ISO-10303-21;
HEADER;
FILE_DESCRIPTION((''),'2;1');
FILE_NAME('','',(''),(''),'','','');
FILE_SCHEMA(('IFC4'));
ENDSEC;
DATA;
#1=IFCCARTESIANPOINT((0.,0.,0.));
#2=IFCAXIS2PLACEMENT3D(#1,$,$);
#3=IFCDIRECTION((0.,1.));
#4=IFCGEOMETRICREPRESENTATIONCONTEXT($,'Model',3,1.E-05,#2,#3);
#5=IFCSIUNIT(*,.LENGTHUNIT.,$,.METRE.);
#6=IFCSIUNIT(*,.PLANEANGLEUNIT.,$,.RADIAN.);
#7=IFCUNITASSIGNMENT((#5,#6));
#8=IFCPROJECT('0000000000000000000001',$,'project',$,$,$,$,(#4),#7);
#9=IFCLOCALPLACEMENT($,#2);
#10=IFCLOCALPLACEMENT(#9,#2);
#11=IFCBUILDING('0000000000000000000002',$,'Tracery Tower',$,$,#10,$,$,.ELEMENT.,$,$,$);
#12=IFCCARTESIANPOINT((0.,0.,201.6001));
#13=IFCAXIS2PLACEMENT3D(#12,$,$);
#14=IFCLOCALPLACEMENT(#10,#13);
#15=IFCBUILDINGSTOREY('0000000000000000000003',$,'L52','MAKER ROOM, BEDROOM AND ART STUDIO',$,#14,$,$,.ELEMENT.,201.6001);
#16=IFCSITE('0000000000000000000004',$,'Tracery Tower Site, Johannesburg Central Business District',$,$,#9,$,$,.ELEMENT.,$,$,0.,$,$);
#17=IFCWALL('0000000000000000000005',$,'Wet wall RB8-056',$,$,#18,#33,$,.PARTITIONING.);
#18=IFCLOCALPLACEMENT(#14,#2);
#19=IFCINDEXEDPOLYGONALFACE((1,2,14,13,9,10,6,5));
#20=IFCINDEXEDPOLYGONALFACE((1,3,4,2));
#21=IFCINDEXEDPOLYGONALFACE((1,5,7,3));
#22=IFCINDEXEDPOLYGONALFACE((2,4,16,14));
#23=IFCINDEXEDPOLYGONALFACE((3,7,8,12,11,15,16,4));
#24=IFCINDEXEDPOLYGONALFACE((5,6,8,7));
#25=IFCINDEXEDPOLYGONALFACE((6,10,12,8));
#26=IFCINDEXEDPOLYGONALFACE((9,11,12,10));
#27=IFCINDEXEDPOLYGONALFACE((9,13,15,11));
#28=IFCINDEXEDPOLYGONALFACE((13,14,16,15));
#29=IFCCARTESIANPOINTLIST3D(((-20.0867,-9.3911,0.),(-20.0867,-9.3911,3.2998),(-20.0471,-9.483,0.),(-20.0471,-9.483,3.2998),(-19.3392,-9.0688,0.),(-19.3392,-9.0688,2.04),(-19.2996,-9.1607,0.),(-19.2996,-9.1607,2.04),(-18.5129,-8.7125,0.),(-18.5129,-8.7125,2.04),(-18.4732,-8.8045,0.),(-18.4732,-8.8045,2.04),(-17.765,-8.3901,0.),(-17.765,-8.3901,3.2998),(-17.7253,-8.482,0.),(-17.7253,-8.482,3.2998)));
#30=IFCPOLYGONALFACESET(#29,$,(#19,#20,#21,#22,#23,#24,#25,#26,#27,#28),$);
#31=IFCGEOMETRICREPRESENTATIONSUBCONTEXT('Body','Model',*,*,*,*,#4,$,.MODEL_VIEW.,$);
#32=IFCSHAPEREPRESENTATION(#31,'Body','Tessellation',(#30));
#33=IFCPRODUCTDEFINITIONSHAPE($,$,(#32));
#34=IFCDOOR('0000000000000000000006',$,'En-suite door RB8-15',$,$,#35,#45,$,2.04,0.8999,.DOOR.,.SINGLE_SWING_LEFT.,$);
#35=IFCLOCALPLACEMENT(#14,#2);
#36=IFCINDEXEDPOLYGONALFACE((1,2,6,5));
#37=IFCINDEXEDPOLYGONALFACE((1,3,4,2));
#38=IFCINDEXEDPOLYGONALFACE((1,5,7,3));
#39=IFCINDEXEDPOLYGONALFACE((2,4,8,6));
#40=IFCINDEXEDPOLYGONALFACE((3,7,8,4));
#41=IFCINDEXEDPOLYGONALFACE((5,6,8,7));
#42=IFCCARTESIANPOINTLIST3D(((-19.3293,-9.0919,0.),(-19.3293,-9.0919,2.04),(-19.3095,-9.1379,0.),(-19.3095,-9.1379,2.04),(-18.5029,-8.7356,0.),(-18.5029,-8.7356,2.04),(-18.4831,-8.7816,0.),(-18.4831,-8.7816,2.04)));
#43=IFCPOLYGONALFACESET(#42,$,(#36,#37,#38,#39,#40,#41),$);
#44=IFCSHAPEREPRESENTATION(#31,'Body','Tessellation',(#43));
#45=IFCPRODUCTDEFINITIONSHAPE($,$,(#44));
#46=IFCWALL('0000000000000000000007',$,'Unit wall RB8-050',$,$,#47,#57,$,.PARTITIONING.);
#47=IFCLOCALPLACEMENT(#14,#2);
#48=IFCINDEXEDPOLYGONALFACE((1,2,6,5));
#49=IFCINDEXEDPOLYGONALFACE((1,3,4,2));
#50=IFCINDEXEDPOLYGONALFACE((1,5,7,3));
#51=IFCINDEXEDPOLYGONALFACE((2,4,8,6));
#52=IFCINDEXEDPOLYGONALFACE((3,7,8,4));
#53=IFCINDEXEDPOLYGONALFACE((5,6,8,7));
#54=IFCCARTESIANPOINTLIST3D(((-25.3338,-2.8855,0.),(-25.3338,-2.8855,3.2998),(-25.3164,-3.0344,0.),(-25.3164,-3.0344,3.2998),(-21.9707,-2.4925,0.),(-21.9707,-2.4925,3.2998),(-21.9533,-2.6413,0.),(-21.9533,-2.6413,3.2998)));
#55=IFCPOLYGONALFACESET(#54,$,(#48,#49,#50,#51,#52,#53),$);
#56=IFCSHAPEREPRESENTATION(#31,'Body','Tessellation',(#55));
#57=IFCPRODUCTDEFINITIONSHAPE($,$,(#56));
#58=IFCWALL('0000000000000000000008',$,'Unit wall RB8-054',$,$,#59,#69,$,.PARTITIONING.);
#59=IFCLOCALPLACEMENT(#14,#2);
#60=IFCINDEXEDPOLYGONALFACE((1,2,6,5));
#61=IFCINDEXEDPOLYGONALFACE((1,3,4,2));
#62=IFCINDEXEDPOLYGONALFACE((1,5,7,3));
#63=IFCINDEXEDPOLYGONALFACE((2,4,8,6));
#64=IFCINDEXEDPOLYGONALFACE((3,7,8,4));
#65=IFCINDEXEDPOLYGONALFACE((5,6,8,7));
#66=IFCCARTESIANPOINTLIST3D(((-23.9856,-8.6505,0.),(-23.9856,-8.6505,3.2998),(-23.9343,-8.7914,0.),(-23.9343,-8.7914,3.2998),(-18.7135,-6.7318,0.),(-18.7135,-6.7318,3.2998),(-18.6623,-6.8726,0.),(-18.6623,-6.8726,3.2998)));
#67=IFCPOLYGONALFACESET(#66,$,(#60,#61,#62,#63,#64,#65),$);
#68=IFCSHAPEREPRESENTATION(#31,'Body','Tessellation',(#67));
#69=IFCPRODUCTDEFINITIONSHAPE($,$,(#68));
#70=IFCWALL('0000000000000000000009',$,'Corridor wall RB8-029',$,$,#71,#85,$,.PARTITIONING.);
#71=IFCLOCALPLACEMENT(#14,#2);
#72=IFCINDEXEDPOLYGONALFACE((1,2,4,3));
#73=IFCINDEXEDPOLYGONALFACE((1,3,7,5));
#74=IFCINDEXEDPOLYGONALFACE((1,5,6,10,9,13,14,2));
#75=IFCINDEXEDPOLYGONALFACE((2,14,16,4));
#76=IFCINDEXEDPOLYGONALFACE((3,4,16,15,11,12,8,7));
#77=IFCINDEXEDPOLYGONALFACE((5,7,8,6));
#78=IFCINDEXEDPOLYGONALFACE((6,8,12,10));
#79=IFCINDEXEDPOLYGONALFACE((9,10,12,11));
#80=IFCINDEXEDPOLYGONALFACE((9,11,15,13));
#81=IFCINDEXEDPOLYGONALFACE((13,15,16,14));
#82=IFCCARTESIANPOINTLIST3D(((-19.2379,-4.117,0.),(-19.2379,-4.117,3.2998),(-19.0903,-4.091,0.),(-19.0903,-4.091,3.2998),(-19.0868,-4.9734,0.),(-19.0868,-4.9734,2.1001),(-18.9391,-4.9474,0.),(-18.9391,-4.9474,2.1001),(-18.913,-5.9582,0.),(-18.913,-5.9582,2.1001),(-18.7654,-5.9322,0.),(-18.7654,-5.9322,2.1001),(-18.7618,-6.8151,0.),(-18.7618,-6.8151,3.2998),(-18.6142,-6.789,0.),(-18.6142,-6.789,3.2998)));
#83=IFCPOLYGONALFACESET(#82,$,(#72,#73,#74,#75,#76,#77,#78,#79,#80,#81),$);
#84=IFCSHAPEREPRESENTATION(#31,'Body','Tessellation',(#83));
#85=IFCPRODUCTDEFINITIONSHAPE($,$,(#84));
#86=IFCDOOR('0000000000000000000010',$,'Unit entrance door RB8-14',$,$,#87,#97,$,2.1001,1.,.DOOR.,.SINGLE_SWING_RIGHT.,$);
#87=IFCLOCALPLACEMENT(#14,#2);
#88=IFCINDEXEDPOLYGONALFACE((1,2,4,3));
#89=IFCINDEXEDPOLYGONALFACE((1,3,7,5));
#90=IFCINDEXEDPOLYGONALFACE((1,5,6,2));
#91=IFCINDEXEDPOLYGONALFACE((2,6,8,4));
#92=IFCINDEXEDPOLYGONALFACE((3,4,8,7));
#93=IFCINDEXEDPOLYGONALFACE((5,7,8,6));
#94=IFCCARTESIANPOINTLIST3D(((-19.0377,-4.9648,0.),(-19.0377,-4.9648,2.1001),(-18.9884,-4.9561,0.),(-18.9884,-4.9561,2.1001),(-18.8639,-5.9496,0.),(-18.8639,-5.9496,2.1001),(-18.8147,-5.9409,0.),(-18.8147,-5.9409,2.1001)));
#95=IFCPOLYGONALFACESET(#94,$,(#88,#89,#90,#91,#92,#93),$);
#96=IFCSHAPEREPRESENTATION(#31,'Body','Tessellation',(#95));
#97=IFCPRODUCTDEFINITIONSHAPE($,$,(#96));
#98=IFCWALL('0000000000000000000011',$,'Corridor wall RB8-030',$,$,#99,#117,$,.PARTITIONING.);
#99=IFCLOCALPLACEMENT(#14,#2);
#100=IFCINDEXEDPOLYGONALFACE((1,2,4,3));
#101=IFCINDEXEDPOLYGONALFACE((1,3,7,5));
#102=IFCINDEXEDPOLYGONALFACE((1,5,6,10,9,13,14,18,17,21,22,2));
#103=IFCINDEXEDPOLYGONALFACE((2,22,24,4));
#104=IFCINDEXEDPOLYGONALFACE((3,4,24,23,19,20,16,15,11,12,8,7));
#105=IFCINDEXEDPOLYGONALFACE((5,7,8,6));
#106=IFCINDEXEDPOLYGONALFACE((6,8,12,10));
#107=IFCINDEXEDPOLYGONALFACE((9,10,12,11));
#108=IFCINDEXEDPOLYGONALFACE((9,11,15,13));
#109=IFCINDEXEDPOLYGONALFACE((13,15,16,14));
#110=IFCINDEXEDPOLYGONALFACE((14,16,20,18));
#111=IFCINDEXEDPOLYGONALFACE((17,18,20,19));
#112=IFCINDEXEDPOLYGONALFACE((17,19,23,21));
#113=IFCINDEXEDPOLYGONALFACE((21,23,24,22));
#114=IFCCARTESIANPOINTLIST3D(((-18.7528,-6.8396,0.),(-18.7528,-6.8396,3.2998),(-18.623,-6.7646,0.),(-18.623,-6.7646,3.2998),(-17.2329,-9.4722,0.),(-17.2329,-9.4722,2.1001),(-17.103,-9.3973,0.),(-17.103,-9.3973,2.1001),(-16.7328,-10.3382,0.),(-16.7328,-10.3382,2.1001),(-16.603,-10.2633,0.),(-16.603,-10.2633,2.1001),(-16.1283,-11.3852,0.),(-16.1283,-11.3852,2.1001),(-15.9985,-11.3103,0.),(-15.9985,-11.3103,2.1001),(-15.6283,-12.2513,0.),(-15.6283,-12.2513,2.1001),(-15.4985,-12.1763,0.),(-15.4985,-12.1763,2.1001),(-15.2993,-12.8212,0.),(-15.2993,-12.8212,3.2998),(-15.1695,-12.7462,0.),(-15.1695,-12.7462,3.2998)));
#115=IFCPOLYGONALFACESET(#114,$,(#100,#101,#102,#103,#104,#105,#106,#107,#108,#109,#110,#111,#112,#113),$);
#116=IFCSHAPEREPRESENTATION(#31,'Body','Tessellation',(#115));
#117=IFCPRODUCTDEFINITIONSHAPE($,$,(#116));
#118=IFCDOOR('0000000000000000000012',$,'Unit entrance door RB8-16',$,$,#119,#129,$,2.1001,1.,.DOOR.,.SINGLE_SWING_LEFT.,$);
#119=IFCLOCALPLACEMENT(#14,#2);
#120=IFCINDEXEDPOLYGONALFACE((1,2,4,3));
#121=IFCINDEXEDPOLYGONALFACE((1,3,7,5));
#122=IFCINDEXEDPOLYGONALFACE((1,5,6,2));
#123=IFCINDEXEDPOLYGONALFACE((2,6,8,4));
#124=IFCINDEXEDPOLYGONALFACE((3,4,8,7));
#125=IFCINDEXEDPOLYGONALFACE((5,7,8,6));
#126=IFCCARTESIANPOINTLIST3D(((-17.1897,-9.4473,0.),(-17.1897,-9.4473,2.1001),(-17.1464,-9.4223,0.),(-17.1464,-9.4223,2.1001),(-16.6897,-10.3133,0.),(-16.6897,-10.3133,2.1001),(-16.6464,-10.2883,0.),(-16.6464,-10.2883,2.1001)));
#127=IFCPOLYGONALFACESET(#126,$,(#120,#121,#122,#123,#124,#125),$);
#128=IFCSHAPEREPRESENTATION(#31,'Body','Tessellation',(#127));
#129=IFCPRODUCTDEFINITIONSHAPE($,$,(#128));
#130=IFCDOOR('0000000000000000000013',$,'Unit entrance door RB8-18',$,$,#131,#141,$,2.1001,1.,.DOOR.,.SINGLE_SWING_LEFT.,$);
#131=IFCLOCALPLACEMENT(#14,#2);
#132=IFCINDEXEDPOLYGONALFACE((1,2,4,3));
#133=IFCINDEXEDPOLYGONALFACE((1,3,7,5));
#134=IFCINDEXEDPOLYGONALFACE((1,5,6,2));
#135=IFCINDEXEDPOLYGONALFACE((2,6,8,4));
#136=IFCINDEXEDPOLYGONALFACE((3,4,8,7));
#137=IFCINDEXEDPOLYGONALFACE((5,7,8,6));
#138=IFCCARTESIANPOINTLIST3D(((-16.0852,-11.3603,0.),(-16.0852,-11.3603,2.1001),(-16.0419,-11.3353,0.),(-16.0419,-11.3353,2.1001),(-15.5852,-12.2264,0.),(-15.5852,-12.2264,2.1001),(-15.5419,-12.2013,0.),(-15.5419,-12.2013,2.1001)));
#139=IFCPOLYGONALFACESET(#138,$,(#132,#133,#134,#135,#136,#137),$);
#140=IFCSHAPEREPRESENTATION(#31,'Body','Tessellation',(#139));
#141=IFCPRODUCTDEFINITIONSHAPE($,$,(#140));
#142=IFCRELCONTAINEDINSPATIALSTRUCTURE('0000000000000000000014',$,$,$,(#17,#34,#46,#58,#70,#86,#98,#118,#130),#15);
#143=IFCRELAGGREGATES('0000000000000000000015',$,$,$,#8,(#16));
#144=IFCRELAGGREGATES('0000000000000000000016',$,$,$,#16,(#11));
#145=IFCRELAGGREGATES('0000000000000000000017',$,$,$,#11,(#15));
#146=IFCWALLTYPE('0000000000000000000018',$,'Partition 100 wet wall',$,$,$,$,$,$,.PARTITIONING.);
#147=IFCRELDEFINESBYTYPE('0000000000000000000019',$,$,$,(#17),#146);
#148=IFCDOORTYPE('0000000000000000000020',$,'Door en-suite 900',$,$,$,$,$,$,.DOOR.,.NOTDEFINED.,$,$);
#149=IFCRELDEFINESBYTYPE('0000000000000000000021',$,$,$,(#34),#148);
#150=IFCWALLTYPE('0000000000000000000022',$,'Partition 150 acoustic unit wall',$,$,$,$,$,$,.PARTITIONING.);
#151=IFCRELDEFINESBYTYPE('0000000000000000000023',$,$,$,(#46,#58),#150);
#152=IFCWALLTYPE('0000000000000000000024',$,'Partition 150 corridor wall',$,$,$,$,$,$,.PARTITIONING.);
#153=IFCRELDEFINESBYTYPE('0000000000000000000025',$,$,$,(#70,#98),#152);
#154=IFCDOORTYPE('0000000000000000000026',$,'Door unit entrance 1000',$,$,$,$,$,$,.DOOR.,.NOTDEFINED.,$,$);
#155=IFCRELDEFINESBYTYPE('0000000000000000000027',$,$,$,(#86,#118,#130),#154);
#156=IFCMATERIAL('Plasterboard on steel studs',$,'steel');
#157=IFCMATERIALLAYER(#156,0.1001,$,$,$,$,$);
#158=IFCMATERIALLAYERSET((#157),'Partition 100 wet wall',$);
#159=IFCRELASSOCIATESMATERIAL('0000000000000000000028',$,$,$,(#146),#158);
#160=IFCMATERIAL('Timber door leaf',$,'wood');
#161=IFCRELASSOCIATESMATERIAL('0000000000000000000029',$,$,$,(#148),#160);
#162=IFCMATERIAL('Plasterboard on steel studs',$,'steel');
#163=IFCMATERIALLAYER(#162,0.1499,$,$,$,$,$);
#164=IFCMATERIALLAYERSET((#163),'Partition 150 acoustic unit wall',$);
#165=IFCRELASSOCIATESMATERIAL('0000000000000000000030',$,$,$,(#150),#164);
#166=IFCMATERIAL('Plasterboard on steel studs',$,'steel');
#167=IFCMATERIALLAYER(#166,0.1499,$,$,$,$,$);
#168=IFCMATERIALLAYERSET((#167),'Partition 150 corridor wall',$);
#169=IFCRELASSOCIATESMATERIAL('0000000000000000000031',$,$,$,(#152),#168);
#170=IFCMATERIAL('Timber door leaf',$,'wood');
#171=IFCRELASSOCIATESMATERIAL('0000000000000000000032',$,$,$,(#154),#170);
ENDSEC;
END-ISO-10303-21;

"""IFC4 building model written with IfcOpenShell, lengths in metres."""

from ifc_helpers import new_model, si_unit, direction, frame, frame_2d, origin, place, context, subcontext, project, spatial, rectangle, extrude, material, layer, layer_set, type_object, element, fill, save


model = new_model("IFC4")

# Units and contexts
model_context = context("Model", 3, precision=1e-05, world=origin(), true_north=direction((0.0, 1.0)))
body_context = subcontext(model_context, "Body", "Model", "MODEL_VIEW")
ifc_project = project(units=[si_unit("LENGTHUNIT", "METRE"), si_unit("PLANEANGLEUNIT", "RADIAN")], contexts=[model_context])

# Site, building, storey
site_placement = place(None, origin())
site = spatial("IfcSite", under=ifc_project, at=site_placement, Name="Tracery Tower Site, Johannesburg Central Business District", CompositionType="ELEMENT", RefElevation=0.0)
building_placement = place(site_placement, origin())
building = spatial("IfcBuilding", under=site, at=building_placement, Name="Tracery Tower", CompositionType="ELEMENT")
storey_placement = place(building_placement, frame((0.0, 0.0, 201.6001)))
storey = spatial("IfcBuildingStorey", under=building, at=storey_placement, Name="L52", Description="MAKER ROOM, BEDROOM AND ART STUDIO", CompositionType="ELEMENT", Elevation=201.6001)

# Shared definitions
ifc_material_1 = material(Name="Plasterboard on steel studs", Category="steel")
ifc_layer_1 = layer(ifc_material_1, 0.1001)
ifc_layer_set_1 = layer_set([ifc_layer_1], Name="Partition 100 wet wall")
wall_type_1 = type_object("IfcWallType", Name="Partition 100 wet wall", PredefinedType="PARTITIONING", material=ifc_layer_set_1)
ifc_material_2 = material(Name="Timber door leaf", Category="wood")
door_type_1 = type_object("IfcDoorType", Name="Door en-suite 900", OperationType="NOTDEFINED", PredefinedType="DOOR", material=ifc_material_2)

# Wall, opening, door
wall_1_placement = place(storey_placement, frame((-20.0669, -9.437, 0.0), z_axis=(0.0, 0.0, 1.0), x_axis=(0.918294, 0.3959, 0.0)))
wall_1 = element("IfcWall", 1, at=wall_1_placement, inside=storey, type_object=wall_type_1, Name="Wet wall RB8-056", PredefinedType="PARTITIONING", context=body_context, shape_type="SweptSolid", body=[
    extrude(rectangle(XDim=2.5283, YDim=0.1001, at=frame_2d((1.2642, 0.0))), origin(), (0.0, 0.0, 1.0), 3.2998),
])
opening_1_placement = place(wall_1_placement, frame((0.814, 0.0, 0.0)))
opening_1 = element("IfcOpeningElement", 2, at=opening_1_placement, cuts=wall_1, PredefinedType="OPENING", context=body_context, shape_type="SweptSolid", body=[
    extrude(rectangle(XDim=0.8999, YDim=2.04, at=frame_2d((0.45, 1.02))), frame((0.0, 0.05, 0.0), z_axis=(0.0, -1.0, 0.0), x_axis=(1.0, 0.0, 0.0)), (0.0, 0.0, 1.0), 0.1001),
])
door_1_placement = place(opening_1_placement, origin())
door_1 = element("IfcDoor", 3, at=door_1_placement, inside=storey, type_object=door_type_1, Name="En-suite door RB8-15", OperationType="SINGLE_SWING_LEFT", OverallHeight=2.04, OverallWidth=0.8999, PredefinedType="DOOR", context=body_context, shape_type="SweptSolid", body=[
    extrude(rectangle(XDim=0.8999, YDim=2.04, at=frame_2d((0.45, 1.02))), frame((0.0, 0.0249, 0.0), z_axis=(0.0, -1.0, 0.0), x_axis=(1.0, 0.0, 0.0)), (0.0, 0.0, 1.0), 0.05),
])
fill(opening_1, door_1)

# Walls
ifc_material_3 = material(Name="Plasterboard on steel studs", Category="steel")
ifc_layer_2 = layer(ifc_material_3, 0.1499)
ifc_layer_set_2 = layer_set([ifc_layer_2], Name="Partition 150 acoustic unit wall")
wall_type_2 = type_object("IfcWallType", Name="Partition 150 acoustic unit wall", PredefinedType="PARTITIONING", material=ifc_layer_set_2)
wall_2_placement = place(storey_placement, frame((-25.325, -2.96, 0.0), z_axis=(0.0, 0.0, 1.0), x_axis=(0.993239, 0.116088, 0.0)))
element("IfcWall", 4, at=wall_2_placement, inside=storey, type_object=wall_type_2, Name="Unit wall RB8-050", PredefinedType="PARTITIONING", context=body_context, shape_type="SweptSolid", body=[
    extrude(rectangle(XDim=3.386, YDim=0.1499, at=frame_2d((1.6929, 0.0))), origin(), (0.0, 0.0, 1.0), 3.2998),
])
wall_3_placement = place(storey_placement, frame((-23.96, -8.7209, 0.0), z_axis=(0.0, 0.0, 1.0), x_axis=(0.939701, 0.341998, 0.0)))
element("IfcWall", 5, at=wall_3_placement, inside=storey, type_object=wall_type_2, Name="Unit wall RB8-054", PredefinedType="PARTITIONING", context=body_context, shape_type="SweptSolid", body=[
    extrude(rectangle(XDim=5.6104, YDim=0.1499, at=frame_2d((2.8052, 0.0))), origin(), (0.0, 0.0, 1.0), 3.2998),
])

# Wall, opening, door
ifc_material_4 = material(Name="Plasterboard on steel studs", Category="steel")
ifc_layer_3 = layer(ifc_material_4, 0.1499)
ifc_layer_set_3 = layer_set([ifc_layer_3], Name="Partition 150 corridor wall")
wall_type_3 = type_object("IfcWallType", Name="Partition 150 corridor wall", PredefinedType="PARTITIONING", material=ifc_layer_set_3)
wall_4_placement = place(storey_placement, frame((-19.1641, -4.104, 0.0), z_axis=(0.0, 0.0, 1.0), x_axis=(0.17377, -0.984786, 0.0)))
wall_4 = element("IfcWall", 6, at=wall_4_placement, inside=storey, type_object=wall_type_3, Name="Corridor wall RB8-029", PredefinedType="PARTITIONING", context=body_context, shape_type="SweptSolid", body=[
    extrude(rectangle(XDim=2.7397, YDim=0.1499, at=frame_2d((1.3699, 0.0))), origin(), (0.0, 0.0, 1.0), 3.2998),
])
opening_2_placement = place(wall_4_placement, frame((0.8696, 0.0, 0.0)))
opening_2 = element("IfcOpeningElement", 7, at=opening_2_placement, cuts=wall_4, PredefinedType="OPENING", context=body_context, shape_type="SweptSolid", body=[
    extrude(rectangle(XDim=1.0, YDim=2.1001, at=frame_2d((0.5, 1.05))), frame((0.0, 0.075, 0.0), z_axis=(0.0, -1.0, 0.0), x_axis=(1.0, 0.0, 0.0)), (0.0, 0.0, 1.0), 0.1499),
])
ifc_material_5 = material(Name="Timber door leaf", Category="wood")
door_type_2 = type_object("IfcDoorType", Name="Door unit entrance 1000", OperationType="NOTDEFINED", PredefinedType="DOOR", material=ifc_material_5)
door_2_placement = place(opening_2_placement, origin())
door_2 = element("IfcDoor", 8, at=door_2_placement, inside=storey, type_object=door_type_2, Name="Unit entrance door RB8-14", OperationType="SINGLE_SWING_RIGHT", OverallHeight=2.1001, OverallWidth=1.0, PredefinedType="DOOR", context=body_context, shape_type="SweptSolid", body=[
    extrude(rectangle(XDim=1.0, YDim=2.1001, at=frame_2d((0.5, 1.05))), frame((0.0, 0.0249, 0.0), z_axis=(0.0, -1.0, 0.0), x_axis=(1.0, 0.0, 0.0)), (0.0, 0.0, 1.0), 0.05),
])
fill(opening_2, door_2)

# Wall, openings, doors
wall_5_placement = place(storey_placement, frame((-18.688, -6.802, 0.0), z_axis=(0.0, 0.0, 1.0), x_axis=(0.500009, -0.86602, 0.0)))
wall_5 = element("IfcWall", 9, at=wall_5_placement, inside=storey, type_object=wall_type_3, Name="Corridor wall RB8-030", PredefinedType="PARTITIONING", context=body_context, shape_type="SweptSolid", body=[
    extrude(rectangle(XDim=6.907, YDim=0.1499, at=frame_2d((3.4536, 0.0))), origin(), (0.0, 0.0, 1.0), 3.2998),
])
opening_3_placement = place(wall_5_placement, frame((3.04, 0.0, 0.0)))
opening_3 = element("IfcOpeningElement", 10, at=opening_3_placement, cuts=wall_5, PredefinedType="OPENING", context=body_context, shape_type="SweptSolid", body=[
    extrude(rectangle(XDim=1.0, YDim=2.1001, at=frame_2d((0.5, 1.05))), frame((0.0, 0.075, 0.0), z_axis=(0.0, -1.0, 0.0), x_axis=(1.0, 0.0, 0.0)), (0.0, 0.0, 1.0), 0.1499),
])
opening_4_placement = place(wall_5_placement, frame((5.249, 0.0, 0.0)))
opening_4 = element("IfcOpeningElement", 11, at=opening_4_placement, cuts=wall_5, PredefinedType="OPENING", context=body_context, shape_type="SweptSolid", body=[
    extrude(rectangle(XDim=1.0, YDim=2.1001, at=frame_2d((0.5, 1.05))), frame((0.0, 0.075, 0.0), z_axis=(0.0, -1.0, 0.0), x_axis=(1.0, 0.0, 0.0)), (0.0, 0.0, 1.0), 0.1499),
])
door_3_placement = place(opening_3_placement, origin())
door_3 = element("IfcDoor", 12, at=door_3_placement, inside=storey, type_object=door_type_2, Name="Unit entrance door RB8-16", OperationType="SINGLE_SWING_LEFT", OverallHeight=2.1001, OverallWidth=1.0, PredefinedType="DOOR", context=body_context, shape_type="SweptSolid", body=[
    extrude(rectangle(XDim=1.0, YDim=2.1001, at=frame_2d((0.5, 1.05))), frame((0.0, 0.0249, 0.0), z_axis=(0.0, -1.0, 0.0), x_axis=(1.0, 0.0, 0.0)), (0.0, 0.0, 1.0), 0.05),
])
fill(opening_3, door_3)
door_4_placement = place(opening_4_placement, origin())
door_4 = element("IfcDoor", 13, at=door_4_placement, inside=storey, type_object=door_type_2, Name="Unit entrance door RB8-18", OperationType="SINGLE_SWING_LEFT", OverallHeight=2.1001, OverallWidth=1.0, PredefinedType="DOOR", context=body_context, shape_type="SweptSolid", body=[
    extrude(rectangle(XDim=1.0, YDim=2.1001, at=frame_2d((0.5, 1.05))), frame((0.0, 0.0249, 0.0), z_axis=(0.0, -1.0, 0.0), x_axis=(1.0, 0.0, 0.0)), (0.0, 0.0, 1.0), 0.05),
])
fill(opening_4, door_4)

save(model, "model.ifc")
